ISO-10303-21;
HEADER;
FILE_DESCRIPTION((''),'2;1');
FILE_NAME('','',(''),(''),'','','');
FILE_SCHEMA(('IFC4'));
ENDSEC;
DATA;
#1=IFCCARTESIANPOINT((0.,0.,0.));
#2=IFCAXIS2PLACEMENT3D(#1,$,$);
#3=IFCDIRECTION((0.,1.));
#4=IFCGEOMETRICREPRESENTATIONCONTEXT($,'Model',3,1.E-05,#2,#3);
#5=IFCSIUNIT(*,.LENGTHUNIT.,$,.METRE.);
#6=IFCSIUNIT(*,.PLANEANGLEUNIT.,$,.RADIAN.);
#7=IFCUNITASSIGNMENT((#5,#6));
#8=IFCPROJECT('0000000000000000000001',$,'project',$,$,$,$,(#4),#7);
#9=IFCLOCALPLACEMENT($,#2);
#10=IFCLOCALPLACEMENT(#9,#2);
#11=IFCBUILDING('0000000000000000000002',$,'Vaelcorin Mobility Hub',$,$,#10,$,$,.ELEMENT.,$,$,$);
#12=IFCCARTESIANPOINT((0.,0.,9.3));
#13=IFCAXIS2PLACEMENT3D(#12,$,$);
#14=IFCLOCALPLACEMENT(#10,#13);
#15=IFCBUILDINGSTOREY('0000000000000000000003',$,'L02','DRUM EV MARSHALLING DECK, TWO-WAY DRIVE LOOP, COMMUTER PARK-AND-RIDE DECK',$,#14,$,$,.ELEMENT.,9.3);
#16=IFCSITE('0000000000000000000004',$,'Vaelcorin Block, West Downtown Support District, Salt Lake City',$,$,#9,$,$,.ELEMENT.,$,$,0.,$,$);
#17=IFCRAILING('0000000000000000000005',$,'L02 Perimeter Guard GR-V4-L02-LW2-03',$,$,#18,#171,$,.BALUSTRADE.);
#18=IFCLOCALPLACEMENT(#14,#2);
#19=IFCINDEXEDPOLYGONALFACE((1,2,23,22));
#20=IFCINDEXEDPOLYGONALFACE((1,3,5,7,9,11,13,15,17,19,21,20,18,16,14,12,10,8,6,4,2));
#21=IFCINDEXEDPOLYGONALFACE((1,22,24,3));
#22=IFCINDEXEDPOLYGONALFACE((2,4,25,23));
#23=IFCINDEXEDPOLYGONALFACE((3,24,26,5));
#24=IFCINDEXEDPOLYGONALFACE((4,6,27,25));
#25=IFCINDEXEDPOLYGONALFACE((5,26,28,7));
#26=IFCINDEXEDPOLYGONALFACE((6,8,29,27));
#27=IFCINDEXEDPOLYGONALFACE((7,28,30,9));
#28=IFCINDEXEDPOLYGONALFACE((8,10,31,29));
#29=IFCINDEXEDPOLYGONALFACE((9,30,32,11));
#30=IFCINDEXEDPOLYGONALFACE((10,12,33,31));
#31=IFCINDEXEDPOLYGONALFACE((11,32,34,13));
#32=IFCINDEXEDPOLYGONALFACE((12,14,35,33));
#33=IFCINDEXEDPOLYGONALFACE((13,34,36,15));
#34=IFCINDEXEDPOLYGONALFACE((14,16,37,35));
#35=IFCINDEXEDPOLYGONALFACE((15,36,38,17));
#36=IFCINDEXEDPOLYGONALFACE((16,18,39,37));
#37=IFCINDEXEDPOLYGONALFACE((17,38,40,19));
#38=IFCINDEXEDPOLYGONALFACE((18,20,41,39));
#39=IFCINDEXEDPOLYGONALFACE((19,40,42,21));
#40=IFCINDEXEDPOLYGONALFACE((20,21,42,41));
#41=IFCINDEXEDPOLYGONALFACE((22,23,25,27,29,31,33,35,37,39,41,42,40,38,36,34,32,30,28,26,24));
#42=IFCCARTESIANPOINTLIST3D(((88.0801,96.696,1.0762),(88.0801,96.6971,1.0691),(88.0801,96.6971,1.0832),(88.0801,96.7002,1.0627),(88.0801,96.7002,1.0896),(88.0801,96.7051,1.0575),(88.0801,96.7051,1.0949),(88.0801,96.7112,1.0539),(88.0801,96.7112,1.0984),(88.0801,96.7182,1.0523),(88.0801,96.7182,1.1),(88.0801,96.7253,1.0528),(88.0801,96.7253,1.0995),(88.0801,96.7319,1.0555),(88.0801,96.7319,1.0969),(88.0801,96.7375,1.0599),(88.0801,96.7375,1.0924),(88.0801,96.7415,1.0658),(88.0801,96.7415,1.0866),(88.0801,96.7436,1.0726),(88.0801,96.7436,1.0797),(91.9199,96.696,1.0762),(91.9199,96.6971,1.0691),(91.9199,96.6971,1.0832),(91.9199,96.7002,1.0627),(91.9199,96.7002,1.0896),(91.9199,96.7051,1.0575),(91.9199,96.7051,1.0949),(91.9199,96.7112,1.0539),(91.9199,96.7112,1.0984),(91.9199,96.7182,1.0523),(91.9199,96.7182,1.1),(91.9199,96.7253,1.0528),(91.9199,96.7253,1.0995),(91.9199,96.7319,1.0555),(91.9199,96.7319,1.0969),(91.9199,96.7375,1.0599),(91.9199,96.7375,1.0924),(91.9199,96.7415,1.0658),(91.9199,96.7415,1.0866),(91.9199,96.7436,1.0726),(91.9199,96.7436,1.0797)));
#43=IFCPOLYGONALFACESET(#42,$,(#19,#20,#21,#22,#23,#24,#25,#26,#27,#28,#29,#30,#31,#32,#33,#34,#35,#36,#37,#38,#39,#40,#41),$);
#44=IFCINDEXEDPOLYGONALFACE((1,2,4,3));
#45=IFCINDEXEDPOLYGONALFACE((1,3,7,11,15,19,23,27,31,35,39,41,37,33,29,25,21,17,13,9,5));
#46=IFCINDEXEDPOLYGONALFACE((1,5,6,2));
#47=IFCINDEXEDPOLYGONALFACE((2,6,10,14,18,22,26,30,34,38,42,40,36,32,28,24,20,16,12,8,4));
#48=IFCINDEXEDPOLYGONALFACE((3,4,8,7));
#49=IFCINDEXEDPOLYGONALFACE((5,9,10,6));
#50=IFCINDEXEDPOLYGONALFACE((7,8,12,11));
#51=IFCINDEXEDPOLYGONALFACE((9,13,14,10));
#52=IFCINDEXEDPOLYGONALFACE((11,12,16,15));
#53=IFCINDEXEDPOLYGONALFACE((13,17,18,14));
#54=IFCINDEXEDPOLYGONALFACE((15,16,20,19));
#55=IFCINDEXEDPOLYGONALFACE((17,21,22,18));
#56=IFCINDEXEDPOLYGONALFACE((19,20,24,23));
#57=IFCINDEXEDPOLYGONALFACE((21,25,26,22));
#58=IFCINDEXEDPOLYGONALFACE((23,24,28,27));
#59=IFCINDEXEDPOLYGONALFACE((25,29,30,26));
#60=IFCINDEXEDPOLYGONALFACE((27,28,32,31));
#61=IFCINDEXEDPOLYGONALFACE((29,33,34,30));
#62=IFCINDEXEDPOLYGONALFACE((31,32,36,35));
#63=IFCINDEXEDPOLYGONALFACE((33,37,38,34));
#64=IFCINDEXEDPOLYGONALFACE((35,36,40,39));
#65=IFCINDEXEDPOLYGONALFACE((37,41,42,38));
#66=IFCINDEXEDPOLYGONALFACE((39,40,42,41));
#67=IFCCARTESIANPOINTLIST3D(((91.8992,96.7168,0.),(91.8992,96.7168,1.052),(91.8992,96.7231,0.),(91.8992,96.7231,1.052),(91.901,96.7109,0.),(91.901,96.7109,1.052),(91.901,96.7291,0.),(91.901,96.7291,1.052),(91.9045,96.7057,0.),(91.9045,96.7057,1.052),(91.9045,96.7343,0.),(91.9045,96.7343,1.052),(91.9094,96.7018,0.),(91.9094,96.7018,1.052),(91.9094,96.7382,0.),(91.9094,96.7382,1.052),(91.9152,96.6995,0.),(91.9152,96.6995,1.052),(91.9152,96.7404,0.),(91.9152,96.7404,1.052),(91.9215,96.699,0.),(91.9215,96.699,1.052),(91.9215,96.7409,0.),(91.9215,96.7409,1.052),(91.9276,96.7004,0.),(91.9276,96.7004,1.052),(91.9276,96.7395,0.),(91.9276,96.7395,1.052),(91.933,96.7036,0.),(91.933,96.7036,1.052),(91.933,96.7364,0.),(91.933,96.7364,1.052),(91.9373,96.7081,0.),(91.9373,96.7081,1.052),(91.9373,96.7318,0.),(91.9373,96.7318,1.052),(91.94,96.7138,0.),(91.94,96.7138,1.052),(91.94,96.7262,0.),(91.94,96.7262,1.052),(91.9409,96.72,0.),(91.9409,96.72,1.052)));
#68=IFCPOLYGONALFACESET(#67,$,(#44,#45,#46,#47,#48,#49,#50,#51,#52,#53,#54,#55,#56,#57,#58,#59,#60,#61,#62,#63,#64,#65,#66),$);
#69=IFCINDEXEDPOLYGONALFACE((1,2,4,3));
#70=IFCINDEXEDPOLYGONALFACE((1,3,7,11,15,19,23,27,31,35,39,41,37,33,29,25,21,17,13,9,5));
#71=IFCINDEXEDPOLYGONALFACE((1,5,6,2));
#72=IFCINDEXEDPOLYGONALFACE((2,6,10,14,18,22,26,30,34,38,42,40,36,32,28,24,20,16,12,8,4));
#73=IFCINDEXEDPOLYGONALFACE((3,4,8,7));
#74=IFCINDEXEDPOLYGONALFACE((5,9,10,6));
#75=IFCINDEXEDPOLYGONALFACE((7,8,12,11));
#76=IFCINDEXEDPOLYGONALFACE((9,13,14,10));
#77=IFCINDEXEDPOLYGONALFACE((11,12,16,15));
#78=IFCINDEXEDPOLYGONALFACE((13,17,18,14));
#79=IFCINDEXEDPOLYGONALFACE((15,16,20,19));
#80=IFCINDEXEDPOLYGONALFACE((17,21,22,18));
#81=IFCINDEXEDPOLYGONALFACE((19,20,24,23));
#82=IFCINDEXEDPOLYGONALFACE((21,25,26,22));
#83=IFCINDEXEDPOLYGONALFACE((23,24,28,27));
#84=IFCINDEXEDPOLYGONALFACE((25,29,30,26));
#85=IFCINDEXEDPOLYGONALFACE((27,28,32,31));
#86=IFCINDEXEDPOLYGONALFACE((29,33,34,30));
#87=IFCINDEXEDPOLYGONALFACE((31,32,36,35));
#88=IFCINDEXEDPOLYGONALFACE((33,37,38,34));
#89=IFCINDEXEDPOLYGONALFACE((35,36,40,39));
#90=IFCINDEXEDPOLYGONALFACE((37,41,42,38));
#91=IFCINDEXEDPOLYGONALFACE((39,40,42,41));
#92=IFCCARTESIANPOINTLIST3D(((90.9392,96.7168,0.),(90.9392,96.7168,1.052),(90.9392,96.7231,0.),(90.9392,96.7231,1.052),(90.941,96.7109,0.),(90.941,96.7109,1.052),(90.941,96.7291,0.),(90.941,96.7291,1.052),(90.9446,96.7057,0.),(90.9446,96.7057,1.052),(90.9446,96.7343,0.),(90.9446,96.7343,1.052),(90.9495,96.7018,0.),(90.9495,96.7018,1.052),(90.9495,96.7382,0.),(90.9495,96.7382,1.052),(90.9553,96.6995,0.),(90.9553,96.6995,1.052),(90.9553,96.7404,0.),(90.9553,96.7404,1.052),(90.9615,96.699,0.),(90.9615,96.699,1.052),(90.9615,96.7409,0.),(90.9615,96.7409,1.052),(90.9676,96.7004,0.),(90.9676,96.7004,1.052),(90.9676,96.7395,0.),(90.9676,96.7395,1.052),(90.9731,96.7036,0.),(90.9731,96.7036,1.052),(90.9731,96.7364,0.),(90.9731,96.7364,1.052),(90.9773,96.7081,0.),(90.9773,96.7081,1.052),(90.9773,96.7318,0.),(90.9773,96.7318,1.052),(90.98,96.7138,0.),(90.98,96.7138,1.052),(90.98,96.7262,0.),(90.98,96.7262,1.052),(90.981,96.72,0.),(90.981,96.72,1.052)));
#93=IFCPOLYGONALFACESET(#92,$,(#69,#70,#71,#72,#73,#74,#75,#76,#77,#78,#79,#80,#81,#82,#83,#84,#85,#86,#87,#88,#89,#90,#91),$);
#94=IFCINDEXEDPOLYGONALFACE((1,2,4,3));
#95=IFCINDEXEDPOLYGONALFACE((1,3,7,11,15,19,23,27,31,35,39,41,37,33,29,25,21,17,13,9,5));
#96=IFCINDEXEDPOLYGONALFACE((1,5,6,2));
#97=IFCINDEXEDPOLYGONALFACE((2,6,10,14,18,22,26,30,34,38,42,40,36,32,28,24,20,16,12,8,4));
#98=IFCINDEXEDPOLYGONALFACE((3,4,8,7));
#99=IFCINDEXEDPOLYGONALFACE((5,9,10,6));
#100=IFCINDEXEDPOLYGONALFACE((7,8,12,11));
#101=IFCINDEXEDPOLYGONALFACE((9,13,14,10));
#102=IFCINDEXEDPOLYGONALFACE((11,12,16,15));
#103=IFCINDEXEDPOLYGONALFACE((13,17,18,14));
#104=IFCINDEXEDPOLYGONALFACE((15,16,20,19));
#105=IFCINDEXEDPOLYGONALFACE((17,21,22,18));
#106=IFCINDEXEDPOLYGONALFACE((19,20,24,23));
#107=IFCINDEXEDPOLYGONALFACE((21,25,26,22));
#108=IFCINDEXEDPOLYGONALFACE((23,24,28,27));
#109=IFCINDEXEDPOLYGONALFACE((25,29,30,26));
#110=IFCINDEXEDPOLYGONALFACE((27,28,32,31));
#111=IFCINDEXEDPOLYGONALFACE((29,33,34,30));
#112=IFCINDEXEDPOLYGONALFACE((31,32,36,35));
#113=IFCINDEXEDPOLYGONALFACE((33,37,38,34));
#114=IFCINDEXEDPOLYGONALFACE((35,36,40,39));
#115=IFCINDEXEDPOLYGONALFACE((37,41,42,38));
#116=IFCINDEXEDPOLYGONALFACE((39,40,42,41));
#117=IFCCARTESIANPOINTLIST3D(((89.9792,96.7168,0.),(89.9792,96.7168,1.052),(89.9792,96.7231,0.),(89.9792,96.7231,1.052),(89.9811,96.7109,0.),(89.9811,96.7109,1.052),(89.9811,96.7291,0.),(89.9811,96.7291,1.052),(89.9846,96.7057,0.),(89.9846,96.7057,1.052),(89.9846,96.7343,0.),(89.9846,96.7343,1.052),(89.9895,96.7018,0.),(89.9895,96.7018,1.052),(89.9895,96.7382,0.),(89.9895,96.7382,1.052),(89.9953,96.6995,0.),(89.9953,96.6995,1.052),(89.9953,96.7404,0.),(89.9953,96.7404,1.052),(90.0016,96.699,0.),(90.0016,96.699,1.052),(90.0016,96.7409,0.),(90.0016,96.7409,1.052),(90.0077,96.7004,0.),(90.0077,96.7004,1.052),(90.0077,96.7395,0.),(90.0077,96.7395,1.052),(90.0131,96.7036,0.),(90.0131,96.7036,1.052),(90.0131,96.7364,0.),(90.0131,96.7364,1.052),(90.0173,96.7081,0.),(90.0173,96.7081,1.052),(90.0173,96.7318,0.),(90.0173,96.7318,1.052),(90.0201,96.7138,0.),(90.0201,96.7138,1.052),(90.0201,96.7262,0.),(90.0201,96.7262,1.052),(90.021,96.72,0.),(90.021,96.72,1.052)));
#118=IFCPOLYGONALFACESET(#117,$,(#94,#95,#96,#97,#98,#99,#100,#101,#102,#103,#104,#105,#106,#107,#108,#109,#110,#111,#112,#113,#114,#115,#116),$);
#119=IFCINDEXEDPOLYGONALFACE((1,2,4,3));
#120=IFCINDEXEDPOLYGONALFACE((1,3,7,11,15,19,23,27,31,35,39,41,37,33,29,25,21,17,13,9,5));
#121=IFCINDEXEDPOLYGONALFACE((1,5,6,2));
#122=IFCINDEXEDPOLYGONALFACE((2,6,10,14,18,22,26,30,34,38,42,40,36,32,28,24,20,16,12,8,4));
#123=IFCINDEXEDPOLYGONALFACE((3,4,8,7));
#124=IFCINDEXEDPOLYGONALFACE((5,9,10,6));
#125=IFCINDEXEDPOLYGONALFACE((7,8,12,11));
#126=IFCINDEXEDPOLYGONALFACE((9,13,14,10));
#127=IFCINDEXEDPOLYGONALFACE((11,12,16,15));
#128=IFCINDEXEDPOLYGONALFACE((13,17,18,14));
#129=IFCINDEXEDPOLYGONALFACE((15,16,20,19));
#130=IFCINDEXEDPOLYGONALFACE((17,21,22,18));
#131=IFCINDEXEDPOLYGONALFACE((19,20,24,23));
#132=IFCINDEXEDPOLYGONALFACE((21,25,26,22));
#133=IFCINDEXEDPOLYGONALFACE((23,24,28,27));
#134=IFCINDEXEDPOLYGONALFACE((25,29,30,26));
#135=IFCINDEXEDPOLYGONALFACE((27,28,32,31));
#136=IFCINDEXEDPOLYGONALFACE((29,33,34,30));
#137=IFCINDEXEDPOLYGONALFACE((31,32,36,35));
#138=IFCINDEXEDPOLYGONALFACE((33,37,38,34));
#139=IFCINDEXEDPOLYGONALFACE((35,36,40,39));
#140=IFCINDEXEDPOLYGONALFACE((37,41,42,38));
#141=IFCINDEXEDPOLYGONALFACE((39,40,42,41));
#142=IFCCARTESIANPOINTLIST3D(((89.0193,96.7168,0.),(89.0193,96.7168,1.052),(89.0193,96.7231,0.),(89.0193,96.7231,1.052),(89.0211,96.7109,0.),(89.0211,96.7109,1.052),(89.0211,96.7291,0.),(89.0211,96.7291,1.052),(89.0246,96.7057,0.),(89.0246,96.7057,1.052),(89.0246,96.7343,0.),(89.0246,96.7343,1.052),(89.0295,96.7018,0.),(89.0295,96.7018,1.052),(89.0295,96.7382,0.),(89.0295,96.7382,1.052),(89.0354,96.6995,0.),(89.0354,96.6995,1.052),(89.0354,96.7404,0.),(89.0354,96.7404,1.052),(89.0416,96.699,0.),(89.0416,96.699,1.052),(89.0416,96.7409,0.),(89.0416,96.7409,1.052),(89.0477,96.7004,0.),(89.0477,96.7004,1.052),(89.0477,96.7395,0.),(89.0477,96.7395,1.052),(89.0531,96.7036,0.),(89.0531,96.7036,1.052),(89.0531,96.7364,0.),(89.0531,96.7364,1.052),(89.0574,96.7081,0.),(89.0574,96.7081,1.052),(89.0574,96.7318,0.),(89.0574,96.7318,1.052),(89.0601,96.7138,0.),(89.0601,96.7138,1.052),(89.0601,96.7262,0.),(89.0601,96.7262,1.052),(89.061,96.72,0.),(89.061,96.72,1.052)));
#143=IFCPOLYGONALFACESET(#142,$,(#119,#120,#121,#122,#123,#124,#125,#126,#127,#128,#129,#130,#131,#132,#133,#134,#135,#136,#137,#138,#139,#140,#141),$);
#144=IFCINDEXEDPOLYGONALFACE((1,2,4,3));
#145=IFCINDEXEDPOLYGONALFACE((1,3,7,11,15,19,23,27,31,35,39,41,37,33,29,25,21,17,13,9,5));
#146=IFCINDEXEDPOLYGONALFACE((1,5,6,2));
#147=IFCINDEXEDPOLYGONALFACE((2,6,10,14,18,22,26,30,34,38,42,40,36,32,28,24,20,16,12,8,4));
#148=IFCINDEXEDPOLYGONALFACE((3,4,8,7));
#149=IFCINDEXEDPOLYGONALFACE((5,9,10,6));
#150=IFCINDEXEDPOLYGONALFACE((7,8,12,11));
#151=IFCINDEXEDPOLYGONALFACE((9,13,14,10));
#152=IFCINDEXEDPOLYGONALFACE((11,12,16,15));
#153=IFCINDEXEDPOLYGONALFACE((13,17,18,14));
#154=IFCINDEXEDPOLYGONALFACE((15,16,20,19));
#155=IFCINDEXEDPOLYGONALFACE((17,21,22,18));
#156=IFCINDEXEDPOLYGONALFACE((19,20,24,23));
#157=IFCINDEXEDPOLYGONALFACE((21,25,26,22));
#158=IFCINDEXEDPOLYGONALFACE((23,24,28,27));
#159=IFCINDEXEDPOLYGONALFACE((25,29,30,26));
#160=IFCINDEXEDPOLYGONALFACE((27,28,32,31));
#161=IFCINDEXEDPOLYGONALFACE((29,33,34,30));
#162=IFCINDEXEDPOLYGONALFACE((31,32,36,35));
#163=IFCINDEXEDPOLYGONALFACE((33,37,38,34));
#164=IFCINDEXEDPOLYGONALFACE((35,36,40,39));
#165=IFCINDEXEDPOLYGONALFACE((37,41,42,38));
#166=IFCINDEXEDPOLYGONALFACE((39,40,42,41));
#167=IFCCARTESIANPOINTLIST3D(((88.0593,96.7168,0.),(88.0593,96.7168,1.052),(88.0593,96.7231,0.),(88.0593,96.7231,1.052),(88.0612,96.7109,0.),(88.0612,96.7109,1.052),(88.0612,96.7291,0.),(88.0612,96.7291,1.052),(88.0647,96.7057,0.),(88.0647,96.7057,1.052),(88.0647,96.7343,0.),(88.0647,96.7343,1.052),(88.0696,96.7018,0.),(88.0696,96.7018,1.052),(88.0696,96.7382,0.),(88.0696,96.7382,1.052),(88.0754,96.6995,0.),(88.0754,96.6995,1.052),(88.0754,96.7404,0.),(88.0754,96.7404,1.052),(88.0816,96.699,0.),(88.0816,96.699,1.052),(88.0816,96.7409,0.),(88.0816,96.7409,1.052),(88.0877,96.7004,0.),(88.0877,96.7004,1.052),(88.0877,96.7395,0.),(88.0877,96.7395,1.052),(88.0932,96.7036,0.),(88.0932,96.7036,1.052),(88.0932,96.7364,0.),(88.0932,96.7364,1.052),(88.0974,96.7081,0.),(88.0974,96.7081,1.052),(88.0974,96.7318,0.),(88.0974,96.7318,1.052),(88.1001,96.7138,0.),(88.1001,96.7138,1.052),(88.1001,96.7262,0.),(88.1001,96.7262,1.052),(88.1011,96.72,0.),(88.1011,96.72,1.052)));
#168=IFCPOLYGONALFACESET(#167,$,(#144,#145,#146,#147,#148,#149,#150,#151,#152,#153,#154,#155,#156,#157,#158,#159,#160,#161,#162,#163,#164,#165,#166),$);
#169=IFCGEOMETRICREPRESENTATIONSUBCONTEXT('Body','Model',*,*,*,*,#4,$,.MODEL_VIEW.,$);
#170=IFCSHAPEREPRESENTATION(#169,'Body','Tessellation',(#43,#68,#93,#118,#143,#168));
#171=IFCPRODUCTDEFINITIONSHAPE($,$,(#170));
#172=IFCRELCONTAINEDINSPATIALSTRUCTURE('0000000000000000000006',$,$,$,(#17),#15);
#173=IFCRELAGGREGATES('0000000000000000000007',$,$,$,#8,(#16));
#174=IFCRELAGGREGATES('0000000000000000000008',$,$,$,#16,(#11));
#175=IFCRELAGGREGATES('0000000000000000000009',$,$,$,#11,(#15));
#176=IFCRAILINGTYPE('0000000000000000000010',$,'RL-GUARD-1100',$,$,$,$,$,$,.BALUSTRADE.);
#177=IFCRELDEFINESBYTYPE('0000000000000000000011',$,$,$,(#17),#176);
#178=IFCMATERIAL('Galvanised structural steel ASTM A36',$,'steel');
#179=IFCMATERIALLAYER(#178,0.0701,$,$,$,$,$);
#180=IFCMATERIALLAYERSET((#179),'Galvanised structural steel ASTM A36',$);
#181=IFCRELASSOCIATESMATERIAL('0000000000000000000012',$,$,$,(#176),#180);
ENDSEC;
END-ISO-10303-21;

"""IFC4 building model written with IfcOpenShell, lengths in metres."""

from ifc_helpers import new_model, si_unit, direction, frame, origin, origin_2d, place, context, subcontext, project, spatial, circle, extrude, material, layer, layer_set, type_object, element, save


model = new_model("IFC4")

# Units and contexts
model_context = context("Model", 3, precision=1e-05, world=origin(), true_north=direction((0.0, 1.0)))
body_context = subcontext(model_context, "Body", "Model", "MODEL_VIEW")
ifc_project = project(units=[si_unit("LENGTHUNIT", "METRE"), si_unit("PLANEANGLEUNIT", "RADIAN")], contexts=[model_context])

# Site, building, storey
site_placement = place(None, origin())
site = spatial("IfcSite", under=ifc_project, at=site_placement, Name="Vaelcorin Block, West Downtown Support District, Salt Lake City", CompositionType="ELEMENT", RefElevation=0.0)
building_placement = place(site_placement, origin())
building = spatial("IfcBuilding", under=site, at=building_placement, Name="Vaelcorin Mobility Hub", CompositionType="ELEMENT")
storey_placement = place(building_placement, frame((0.0, 0.0, 9.3)))
storey = spatial("IfcBuildingStorey", under=building, at=storey_placement, Name="L02", Description="DRUM EV MARSHALLING DECK, TWO-WAY DRIVE LOOP, COMMUTER PARK-AND-RIDE DECK", CompositionType="ELEMENT", Elevation=9.3)

# Railing
ifc_material_1 = material(Name="Galvanised structural steel ASTM A36", Category="steel")
ifc_layer_1 = layer(ifc_material_1, 0.0701)
ifc_layer_set_1 = layer_set([ifc_layer_1], Name="Galvanised structural steel ASTM A36")
railing_type = type_object("IfcRailingType", Name="RL-GUARD-1100", PredefinedType="BALUSTRADE", material=ifc_layer_set_1)
railing_placement = place(storey_placement, frame((91.9199, 96.72, 0.0)))
element("IfcRailing", 1, at=railing_placement, inside=storey, type_object=railing_type, Name="L02 Perimeter Guard GR-V4-L02-LW2-03", PredefinedType="BALUSTRADE", context=body_context, shape_type="SweptSolid", body=[
    extrude(circle(Radius=0.0239, at=origin_2d()), frame((0.0, 0.0, 1.0762), z_axis=(-1.0, 0.0, 0.0), x_axis=(0.0, -1.0, 0.0)), (0.0, 0.0, 1.0), 3.8398),
    extrude(circle(Radius=0.021, at=origin_2d()), origin(), (0.0, 0.0, 1.0), 1.052),
    extrude(circle(Radius=0.021, at=origin_2d()), frame((-0.96, 0.0, 0.0)), (0.0, 0.0, 1.0), 1.052),
    extrude(circle(Radius=0.021, at=origin_2d()), frame((-1.9199, 0.0, 0.0)), (0.0, 0.0, 1.0), 1.052),
    extrude(circle(Radius=0.021, at=origin_2d()), frame((-2.8799, 0.0, 0.0)), (0.0, 0.0, 1.0), 1.052),
    extrude(circle(Radius=0.021, at=origin_2d()), frame((-3.8398, 0.0, 0.0)), (0.0, 0.0, 1.0), 1.052),
])

save(model, "model.ifc")
